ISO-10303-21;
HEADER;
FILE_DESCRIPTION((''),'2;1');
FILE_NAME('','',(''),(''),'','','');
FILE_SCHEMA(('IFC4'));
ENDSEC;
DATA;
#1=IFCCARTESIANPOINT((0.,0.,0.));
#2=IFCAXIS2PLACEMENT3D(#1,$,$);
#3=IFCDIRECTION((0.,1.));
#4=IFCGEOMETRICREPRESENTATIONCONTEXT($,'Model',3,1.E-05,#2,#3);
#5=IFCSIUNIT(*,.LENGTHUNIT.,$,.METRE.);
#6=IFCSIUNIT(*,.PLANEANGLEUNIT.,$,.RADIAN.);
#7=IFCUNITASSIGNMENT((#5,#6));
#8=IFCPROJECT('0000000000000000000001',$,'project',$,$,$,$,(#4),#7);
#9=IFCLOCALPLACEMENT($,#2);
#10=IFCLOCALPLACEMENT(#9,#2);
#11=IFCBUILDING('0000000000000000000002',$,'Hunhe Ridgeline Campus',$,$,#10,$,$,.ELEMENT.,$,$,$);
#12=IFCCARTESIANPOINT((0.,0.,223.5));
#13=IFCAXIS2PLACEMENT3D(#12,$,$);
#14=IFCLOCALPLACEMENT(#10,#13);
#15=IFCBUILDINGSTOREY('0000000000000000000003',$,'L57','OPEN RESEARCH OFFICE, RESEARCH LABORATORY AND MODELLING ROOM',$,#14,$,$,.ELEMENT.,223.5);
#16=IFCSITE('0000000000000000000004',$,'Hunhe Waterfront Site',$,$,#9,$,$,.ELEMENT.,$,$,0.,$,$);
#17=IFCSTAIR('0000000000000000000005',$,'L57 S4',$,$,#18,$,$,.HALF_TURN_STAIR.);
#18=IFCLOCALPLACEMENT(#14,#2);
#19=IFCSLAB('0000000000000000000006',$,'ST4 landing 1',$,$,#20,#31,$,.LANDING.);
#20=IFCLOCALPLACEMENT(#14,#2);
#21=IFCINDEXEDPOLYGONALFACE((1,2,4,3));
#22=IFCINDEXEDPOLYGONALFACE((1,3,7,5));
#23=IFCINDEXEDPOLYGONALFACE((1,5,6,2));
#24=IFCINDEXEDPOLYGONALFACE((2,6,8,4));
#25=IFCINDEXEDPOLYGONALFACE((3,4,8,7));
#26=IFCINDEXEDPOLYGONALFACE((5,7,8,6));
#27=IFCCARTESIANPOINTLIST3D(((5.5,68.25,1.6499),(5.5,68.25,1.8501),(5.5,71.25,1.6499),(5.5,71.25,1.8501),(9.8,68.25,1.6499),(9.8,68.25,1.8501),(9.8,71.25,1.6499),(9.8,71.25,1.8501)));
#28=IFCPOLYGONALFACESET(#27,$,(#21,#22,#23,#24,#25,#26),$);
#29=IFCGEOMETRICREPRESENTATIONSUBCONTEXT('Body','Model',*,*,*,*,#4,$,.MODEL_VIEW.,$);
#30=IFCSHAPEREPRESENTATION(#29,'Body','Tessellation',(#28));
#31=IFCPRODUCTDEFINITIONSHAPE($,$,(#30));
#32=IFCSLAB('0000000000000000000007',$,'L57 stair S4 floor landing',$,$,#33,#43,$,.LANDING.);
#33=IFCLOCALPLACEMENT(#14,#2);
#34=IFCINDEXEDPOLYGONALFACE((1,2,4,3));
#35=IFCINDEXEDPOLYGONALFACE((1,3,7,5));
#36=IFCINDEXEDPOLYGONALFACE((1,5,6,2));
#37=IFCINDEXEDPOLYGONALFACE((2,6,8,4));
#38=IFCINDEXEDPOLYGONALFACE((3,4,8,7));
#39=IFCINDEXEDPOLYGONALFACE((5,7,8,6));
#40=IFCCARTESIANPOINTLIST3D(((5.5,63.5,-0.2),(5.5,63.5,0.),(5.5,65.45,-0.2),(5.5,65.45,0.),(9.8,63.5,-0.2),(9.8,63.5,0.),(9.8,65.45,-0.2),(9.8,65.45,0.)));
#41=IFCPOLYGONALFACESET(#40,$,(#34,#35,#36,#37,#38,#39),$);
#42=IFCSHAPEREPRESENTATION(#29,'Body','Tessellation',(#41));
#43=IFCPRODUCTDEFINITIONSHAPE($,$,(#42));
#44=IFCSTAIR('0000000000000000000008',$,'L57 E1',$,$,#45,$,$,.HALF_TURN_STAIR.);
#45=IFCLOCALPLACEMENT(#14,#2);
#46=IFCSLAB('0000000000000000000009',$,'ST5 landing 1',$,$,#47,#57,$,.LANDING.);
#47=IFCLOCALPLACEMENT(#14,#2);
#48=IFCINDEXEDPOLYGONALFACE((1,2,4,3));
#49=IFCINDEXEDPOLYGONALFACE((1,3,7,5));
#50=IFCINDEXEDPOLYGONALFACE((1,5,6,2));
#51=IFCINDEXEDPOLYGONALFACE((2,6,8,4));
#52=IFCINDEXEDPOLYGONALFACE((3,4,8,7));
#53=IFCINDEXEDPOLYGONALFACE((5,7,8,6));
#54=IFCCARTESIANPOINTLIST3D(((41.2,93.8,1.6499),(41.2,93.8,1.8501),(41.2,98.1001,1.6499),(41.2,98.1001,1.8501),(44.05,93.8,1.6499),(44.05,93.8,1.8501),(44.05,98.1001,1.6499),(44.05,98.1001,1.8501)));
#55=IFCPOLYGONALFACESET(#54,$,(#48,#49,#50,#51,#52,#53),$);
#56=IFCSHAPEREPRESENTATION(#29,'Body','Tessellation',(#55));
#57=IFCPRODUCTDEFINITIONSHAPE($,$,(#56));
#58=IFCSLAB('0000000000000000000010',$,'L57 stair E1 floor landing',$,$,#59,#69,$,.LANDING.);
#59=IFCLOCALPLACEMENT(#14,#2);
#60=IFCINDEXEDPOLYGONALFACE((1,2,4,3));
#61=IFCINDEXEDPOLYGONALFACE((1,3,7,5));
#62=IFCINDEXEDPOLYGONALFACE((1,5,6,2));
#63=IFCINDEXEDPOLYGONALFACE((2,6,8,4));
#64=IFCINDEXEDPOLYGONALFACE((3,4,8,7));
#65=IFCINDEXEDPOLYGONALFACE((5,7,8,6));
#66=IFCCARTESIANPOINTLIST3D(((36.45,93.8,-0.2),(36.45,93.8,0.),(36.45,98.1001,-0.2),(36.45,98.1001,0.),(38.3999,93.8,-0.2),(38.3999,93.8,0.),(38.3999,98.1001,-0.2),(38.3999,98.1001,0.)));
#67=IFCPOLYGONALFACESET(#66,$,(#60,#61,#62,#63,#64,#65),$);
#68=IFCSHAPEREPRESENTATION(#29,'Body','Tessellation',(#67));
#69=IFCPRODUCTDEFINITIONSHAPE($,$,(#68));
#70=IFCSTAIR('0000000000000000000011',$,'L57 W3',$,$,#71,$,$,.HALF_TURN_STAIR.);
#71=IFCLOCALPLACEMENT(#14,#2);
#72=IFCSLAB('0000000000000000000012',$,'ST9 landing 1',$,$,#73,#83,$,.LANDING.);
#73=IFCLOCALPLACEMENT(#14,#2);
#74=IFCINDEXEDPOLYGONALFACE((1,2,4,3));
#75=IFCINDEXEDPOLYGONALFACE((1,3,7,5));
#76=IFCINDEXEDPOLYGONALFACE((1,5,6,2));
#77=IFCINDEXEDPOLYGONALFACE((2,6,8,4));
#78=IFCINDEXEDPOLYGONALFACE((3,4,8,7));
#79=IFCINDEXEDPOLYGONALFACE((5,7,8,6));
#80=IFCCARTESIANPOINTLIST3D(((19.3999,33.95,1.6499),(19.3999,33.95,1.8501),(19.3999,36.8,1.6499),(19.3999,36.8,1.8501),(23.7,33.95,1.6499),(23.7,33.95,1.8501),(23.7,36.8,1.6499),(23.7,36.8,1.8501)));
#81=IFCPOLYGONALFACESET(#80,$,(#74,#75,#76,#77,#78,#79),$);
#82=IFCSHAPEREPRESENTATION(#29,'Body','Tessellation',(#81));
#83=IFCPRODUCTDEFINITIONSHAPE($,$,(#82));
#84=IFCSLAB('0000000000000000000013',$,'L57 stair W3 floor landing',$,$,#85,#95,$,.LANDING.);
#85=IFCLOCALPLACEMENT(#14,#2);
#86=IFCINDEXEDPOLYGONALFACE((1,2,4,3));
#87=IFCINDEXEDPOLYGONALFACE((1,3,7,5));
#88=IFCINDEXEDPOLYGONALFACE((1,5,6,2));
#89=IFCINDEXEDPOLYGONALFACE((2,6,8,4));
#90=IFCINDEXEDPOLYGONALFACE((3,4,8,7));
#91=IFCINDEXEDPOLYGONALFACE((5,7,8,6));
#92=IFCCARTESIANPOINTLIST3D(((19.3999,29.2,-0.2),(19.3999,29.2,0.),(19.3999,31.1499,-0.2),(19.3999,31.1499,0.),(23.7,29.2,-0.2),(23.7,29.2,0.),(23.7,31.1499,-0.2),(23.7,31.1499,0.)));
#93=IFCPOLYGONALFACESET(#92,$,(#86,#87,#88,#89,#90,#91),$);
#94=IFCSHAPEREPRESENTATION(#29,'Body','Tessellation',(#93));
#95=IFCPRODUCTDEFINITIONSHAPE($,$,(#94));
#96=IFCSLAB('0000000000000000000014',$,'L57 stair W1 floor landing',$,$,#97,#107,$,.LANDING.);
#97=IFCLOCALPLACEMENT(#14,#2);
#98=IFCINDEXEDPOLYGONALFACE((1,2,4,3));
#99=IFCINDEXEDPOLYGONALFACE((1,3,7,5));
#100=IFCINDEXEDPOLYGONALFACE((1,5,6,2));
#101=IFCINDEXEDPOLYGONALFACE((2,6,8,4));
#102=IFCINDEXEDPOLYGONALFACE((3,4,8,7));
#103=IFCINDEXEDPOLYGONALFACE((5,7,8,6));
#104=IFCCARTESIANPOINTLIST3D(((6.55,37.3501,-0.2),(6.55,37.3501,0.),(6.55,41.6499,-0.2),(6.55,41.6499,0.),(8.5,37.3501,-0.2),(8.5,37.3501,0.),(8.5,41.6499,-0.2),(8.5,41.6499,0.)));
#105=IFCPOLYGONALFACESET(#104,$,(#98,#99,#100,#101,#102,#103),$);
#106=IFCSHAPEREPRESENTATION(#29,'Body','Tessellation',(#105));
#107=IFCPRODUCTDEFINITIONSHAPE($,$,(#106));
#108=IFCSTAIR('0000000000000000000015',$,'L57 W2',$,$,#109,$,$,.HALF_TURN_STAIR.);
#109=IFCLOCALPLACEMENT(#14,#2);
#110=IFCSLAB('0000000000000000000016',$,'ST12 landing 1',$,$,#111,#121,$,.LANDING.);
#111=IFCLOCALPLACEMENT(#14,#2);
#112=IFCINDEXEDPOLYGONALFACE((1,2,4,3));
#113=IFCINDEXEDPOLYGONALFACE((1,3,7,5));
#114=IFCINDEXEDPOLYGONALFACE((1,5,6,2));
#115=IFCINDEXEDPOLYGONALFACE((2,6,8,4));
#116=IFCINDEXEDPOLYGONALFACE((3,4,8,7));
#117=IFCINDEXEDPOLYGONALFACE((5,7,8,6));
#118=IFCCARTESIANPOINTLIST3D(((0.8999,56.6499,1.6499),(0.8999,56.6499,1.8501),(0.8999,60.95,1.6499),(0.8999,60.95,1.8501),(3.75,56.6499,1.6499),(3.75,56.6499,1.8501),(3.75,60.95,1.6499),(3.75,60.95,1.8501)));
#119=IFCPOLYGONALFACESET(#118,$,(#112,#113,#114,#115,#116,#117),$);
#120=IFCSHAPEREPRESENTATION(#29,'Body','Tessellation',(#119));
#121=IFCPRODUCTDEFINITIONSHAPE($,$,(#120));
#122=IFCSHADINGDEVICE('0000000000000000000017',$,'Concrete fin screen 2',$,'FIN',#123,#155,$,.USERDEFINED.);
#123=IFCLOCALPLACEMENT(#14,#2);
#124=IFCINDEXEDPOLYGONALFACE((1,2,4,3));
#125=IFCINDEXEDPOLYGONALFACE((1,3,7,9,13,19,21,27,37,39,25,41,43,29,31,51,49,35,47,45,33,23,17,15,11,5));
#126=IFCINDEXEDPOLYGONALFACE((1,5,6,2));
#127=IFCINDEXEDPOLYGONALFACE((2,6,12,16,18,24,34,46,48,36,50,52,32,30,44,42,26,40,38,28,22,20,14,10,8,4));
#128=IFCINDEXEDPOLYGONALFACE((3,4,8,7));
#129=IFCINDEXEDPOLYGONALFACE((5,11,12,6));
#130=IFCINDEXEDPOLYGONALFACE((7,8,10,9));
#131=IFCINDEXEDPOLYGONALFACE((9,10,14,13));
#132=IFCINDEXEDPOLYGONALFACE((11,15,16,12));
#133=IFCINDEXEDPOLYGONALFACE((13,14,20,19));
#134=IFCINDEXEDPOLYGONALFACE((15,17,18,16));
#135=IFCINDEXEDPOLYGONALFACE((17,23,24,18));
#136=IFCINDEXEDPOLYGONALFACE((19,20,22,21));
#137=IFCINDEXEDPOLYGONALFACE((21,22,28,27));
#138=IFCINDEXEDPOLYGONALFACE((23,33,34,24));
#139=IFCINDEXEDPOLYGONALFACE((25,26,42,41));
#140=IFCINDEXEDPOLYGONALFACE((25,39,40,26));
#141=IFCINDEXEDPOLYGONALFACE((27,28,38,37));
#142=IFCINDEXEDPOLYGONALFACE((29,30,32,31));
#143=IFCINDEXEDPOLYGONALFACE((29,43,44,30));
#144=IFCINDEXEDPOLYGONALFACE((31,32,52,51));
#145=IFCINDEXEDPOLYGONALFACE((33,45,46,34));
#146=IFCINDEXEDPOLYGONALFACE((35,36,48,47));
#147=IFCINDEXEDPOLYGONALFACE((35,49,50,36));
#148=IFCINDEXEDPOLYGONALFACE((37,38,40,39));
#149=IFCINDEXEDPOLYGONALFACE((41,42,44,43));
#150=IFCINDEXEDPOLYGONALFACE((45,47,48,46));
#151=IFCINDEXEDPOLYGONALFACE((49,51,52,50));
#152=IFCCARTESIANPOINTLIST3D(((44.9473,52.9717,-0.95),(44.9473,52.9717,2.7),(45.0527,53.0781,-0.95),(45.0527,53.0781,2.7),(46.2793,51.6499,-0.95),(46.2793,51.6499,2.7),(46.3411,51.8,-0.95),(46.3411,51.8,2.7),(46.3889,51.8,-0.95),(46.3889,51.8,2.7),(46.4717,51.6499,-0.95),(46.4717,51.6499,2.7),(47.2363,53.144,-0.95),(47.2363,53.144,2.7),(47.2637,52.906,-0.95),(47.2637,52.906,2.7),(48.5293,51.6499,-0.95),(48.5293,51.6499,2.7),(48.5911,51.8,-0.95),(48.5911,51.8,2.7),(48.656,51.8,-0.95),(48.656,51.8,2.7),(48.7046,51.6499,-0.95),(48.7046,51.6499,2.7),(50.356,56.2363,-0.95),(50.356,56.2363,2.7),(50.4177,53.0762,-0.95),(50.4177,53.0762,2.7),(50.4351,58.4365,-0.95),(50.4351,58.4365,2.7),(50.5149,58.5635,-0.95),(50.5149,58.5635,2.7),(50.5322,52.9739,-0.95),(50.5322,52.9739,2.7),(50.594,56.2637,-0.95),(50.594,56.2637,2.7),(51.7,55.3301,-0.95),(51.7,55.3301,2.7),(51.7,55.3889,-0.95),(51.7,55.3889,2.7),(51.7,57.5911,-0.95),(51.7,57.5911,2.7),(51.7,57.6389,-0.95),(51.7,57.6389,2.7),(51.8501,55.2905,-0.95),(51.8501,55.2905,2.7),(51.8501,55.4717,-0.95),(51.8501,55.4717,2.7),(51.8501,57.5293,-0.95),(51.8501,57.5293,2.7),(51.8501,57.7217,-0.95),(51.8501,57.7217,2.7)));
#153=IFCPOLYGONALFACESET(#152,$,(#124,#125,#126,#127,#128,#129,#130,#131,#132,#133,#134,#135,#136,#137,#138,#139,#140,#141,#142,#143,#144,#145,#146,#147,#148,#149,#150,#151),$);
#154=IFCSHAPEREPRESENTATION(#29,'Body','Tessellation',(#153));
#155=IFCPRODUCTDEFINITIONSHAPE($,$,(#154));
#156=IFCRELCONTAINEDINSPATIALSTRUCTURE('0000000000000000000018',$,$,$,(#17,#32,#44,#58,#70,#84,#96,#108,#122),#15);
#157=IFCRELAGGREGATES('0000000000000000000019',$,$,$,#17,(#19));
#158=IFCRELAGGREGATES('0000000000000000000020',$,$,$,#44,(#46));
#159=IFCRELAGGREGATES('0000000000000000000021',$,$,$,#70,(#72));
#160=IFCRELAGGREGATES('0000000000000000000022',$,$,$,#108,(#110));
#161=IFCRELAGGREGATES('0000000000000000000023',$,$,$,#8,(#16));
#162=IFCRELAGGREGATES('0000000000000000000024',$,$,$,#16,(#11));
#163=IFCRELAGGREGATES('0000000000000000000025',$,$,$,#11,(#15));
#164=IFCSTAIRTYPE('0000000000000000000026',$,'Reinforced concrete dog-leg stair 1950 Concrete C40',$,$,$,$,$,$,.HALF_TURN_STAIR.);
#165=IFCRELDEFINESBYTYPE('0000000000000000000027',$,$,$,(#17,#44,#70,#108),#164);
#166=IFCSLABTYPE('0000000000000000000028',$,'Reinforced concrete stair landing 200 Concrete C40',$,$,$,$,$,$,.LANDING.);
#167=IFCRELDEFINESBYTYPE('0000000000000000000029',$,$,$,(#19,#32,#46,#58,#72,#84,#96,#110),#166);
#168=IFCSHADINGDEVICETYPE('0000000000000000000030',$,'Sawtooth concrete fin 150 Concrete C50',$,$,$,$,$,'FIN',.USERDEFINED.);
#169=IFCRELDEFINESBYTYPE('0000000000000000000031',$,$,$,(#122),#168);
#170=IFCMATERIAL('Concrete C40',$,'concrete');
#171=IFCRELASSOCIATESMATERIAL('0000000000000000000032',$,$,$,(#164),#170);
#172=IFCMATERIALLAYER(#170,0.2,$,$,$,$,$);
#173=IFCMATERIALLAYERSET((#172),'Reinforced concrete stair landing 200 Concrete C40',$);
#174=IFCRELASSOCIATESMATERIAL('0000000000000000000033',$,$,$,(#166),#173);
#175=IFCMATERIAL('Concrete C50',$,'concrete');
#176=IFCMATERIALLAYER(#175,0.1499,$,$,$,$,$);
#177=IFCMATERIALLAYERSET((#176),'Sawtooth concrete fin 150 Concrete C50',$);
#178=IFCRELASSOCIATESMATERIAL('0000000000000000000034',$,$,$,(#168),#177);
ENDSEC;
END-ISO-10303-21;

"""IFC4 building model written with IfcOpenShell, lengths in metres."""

from ifc_helpers import new_model, si_unit, direction, frame, origin, place, context, subcontext, project, spatial, polyline, outline, extrude, material, layer, layer_set, type_object, element, aggregate, save


model = new_model("IFC4")

# Units and contexts
model_context = context("Model", 3, precision=1e-05, world=origin(), true_north=direction((0.0, 1.0)))
body_context = subcontext(model_context, "Body", "Model", "MODEL_VIEW")
ifc_project = project(units=[si_unit("LENGTHUNIT", "METRE"), si_unit("PLANEANGLEUNIT", "RADIAN")], contexts=[model_context])

# Site, building, storey
site_placement = place(None, origin())
site = spatial("IfcSite", under=ifc_project, at=site_placement, Name="Hunhe Waterfront Site", CompositionType="ELEMENT", RefElevation=0.0)
building_placement = place(site_placement, origin())
building = spatial("IfcBuilding", under=site, at=building_placement, Name="Hunhe Ridgeline Campus", CompositionType="ELEMENT")
storey_placement = place(building_placement, frame((0.0, 0.0, 223.5)))
storey = spatial("IfcBuildingStorey", under=building, at=storey_placement, Name="L57", Description="OPEN RESEARCH OFFICE, RESEARCH LABORATORY AND MODELLING ROOM", CompositionType="ELEMENT", Elevation=223.5)

# Shared definitions
ifc_material_1 = material(Name="Concrete C40", Category="concrete")

# Shared definitions
stair_type = type_object("IfcStairType", Name="Reinforced concrete dog-leg stair 1950 Concrete C40", PredefinedType="HALF_TURN_STAIR", material=ifc_material_1)
ifc_layer_1 = layer(ifc_material_1, 0.2)
ifc_layer_set_1 = layer_set([ifc_layer_1], Name="Reinforced concrete stair landing 200 Concrete C40")
slab_type_1 = type_object("IfcSlabType", Name="Reinforced concrete stair landing 200 Concrete C40", PredefinedType="LANDING", material=ifc_layer_set_1)

# Stair, slab
stair_1_placement = place(storey_placement, origin())
stair_1 = element("IfcStair", 1, at=stair_1_placement, inside=storey, type_object=stair_type, Name="L57 S4", PredefinedType="HALF_TURN_STAIR")
slab_1_placement = place(storey_placement, frame((0.0, 0.0, 1.6499)))
slab_1 = element("IfcSlab", 2, at=slab_1_placement, type_object=slab_type_1, Name="ST4 landing 1", PredefinedType="LANDING", context=body_context, shape_type="SweptSolid", body=[
    extrude(outline(polyline([(9.8, 68.25), (9.8, 71.25), (5.5, 71.25), (5.5, 68.25), (9.8, 68.25)])), origin(), (0.0, 0.0, 1.0), 0.2002),
])
aggregate(stair_1, [slab_1])

# Slab
slab_2_placement = place(storey_placement, frame((0.0, 0.0, -0.2)))
element("IfcSlab", 3, at=slab_2_placement, inside=storey, type_object=slab_type_1, Name="L57 stair S4 floor landing", PredefinedType="LANDING", context=body_context, shape_type="SweptSolid", body=[
    extrude(outline(polyline([(9.8, 63.5), (9.8, 65.45), (5.5, 65.45), (5.5, 63.5), (9.8, 63.5)])), origin(), (0.0, 0.0, 1.0), 0.2),
])

# Stair, slab
stair_2_placement = place(storey_placement, origin())
stair_2 = element("IfcStair", 4, at=stair_2_placement, inside=storey, type_object=stair_type, Name="L57 E1", PredefinedType="HALF_TURN_STAIR")
slab_3_placement = place(storey_placement, frame((0.0, 0.0, 1.6499)))
slab_3 = element("IfcSlab", 5, at=slab_3_placement, type_object=slab_type_1, Name="ST5 landing 1", PredefinedType="LANDING", context=body_context, shape_type="SweptSolid", body=[
    extrude(outline(polyline([(41.2, 93.8), (44.05, 93.8), (44.05, 98.1001), (41.2, 98.1001), (41.2, 93.8)])), origin(), (0.0, 0.0, 1.0), 0.2002),
])
aggregate(stair_2, [slab_3])

# Slab
slab_4_placement = place(storey_placement, frame((0.0, 0.0, -0.2)))
element("IfcSlab", 6, at=slab_4_placement, inside=storey, type_object=slab_type_1, Name="L57 stair E1 floor landing", PredefinedType="LANDING", context=body_context, shape_type="SweptSolid", body=[
    extrude(outline(polyline([(36.45, 93.8), (38.3999, 93.8), (38.3999, 98.1001), (36.45, 98.1001), (36.45, 93.8)])), origin(), (0.0, 0.0, 1.0), 0.2),
])

# Stair, slab
stair_3_placement = place(storey_placement, origin())
stair_3 = element("IfcStair", 7, at=stair_3_placement, inside=storey, type_object=stair_type, Name="L57 W3", PredefinedType="HALF_TURN_STAIR")
slab_5_placement = place(storey_placement, frame((0.0, 0.0, 1.6499)))
slab_5 = element("IfcSlab", 8, at=slab_5_placement, type_object=slab_type_1, Name="ST9 landing 1", PredefinedType="LANDING", context=body_context, shape_type="SweptSolid", body=[
    extrude(outline(polyline([(23.7, 33.95), (23.7, 36.8), (19.3999, 36.8), (19.3999, 33.95), (23.7, 33.95)])), origin(), (0.0, 0.0, 1.0), 0.2002),
])
aggregate(stair_3, [slab_5])

# Slabs
slab_6_placement = place(storey_placement, frame((0.0, 0.0, -0.2)))
element("IfcSlab", 9, at=slab_6_placement, inside=storey, type_object=slab_type_1, Name="L57 stair W3 floor landing", PredefinedType="LANDING", context=body_context, shape_type="SweptSolid", body=[
    extrude(outline(polyline([(23.7, 29.2), (23.7, 31.1499), (19.3999, 31.1499), (19.3999, 29.2), (23.7, 29.2)])), origin(), (0.0, 0.0, 1.0), 0.2),
])
slab_7_placement = place(storey_placement, frame((0.0, 0.0, -0.2)))
element("IfcSlab", 10, at=slab_7_placement, inside=storey, type_object=slab_type_1, Name="L57 stair W1 floor landing", PredefinedType="LANDING", context=body_context, shape_type="SweptSolid", body=[
    extrude(outline(polyline([(8.5, 41.6499), (6.55, 41.6499), (6.55, 37.3501), (8.5, 37.3501), (8.5, 41.6499)])), origin(), (0.0, 0.0, 1.0), 0.2),
])

# Stair, slab
stair_4_placement = place(storey_placement, origin())
stair_4 = element("IfcStair", 11, at=stair_4_placement, inside=storey, type_object=stair_type, Name="L57 W2", PredefinedType="HALF_TURN_STAIR")
slab_8_placement = place(storey_placement, frame((0.0, 0.0, 1.6499)))
slab_8 = element("IfcSlab", 12, at=slab_8_placement, type_object=slab_type_1, Name="ST12 landing 1", PredefinedType="LANDING", context=body_context, shape_type="SweptSolid", body=[
    extrude(outline(polyline([(3.75, 60.95), (0.8999, 60.95), (0.8999, 56.6499), (3.75, 56.6499), (3.75, 60.95)])), origin(), (0.0, 0.0, 1.0), 0.2002),
])
aggregate(stair_4, [slab_8])

# Shading device
ifc_material_2 = material(Name="Concrete C50", Category="concrete")
ifc_layer_2 = layer(ifc_material_2, 0.1499)
ifc_layer_set_2 = layer_set([ifc_layer_2], Name="Sawtooth concrete fin 150 Concrete C50")
shading_device_type = type_object("IfcShadingDeviceType", Name="Sawtooth concrete fin 150 Concrete C50", ElementType="FIN", PredefinedType="USERDEFINED", material=ifc_layer_set_2)
shading_device_1_placement = place(storey_placement, frame((0.0, 0.0, -0.95)))
element("IfcShadingDevice", 13, at=shading_device_1_placement, inside=storey, type_object=shading_device_type, Name="Concrete fin screen 2", ObjectType="FIN", PredefinedType="USERDEFINED", context=body_context, shape_type="SweptSolid", body=[
    extrude(outline(polyline([(45.0527, 53.0781), (44.9473, 52.9717), (46.2793, 51.6499), (46.4717, 51.6499), (47.2637, 52.906), (48.5293, 51.6499), (48.7046, 51.6499), (50.5322, 52.9739), (51.8501, 55.2905), (51.8501, 55.4717), (50.594, 56.2637), (51.8501, 57.5293), (51.8501, 57.7217), (50.5149, 58.5635), (50.4351, 58.4365), (51.7, 57.6389), (51.7, 57.5911), (50.356, 56.2363), (51.7, 55.3889), (51.7, 55.3301), (50.4177, 53.0762), (48.656, 51.8), (48.5911, 51.8), (47.2363, 53.144), (46.3889, 51.8), (46.3411, 51.8), (45.0527, 53.0781)])), origin(), (0.0, 0.0, 1.0), 3.6499),
])

save(model, "model.ifc")
